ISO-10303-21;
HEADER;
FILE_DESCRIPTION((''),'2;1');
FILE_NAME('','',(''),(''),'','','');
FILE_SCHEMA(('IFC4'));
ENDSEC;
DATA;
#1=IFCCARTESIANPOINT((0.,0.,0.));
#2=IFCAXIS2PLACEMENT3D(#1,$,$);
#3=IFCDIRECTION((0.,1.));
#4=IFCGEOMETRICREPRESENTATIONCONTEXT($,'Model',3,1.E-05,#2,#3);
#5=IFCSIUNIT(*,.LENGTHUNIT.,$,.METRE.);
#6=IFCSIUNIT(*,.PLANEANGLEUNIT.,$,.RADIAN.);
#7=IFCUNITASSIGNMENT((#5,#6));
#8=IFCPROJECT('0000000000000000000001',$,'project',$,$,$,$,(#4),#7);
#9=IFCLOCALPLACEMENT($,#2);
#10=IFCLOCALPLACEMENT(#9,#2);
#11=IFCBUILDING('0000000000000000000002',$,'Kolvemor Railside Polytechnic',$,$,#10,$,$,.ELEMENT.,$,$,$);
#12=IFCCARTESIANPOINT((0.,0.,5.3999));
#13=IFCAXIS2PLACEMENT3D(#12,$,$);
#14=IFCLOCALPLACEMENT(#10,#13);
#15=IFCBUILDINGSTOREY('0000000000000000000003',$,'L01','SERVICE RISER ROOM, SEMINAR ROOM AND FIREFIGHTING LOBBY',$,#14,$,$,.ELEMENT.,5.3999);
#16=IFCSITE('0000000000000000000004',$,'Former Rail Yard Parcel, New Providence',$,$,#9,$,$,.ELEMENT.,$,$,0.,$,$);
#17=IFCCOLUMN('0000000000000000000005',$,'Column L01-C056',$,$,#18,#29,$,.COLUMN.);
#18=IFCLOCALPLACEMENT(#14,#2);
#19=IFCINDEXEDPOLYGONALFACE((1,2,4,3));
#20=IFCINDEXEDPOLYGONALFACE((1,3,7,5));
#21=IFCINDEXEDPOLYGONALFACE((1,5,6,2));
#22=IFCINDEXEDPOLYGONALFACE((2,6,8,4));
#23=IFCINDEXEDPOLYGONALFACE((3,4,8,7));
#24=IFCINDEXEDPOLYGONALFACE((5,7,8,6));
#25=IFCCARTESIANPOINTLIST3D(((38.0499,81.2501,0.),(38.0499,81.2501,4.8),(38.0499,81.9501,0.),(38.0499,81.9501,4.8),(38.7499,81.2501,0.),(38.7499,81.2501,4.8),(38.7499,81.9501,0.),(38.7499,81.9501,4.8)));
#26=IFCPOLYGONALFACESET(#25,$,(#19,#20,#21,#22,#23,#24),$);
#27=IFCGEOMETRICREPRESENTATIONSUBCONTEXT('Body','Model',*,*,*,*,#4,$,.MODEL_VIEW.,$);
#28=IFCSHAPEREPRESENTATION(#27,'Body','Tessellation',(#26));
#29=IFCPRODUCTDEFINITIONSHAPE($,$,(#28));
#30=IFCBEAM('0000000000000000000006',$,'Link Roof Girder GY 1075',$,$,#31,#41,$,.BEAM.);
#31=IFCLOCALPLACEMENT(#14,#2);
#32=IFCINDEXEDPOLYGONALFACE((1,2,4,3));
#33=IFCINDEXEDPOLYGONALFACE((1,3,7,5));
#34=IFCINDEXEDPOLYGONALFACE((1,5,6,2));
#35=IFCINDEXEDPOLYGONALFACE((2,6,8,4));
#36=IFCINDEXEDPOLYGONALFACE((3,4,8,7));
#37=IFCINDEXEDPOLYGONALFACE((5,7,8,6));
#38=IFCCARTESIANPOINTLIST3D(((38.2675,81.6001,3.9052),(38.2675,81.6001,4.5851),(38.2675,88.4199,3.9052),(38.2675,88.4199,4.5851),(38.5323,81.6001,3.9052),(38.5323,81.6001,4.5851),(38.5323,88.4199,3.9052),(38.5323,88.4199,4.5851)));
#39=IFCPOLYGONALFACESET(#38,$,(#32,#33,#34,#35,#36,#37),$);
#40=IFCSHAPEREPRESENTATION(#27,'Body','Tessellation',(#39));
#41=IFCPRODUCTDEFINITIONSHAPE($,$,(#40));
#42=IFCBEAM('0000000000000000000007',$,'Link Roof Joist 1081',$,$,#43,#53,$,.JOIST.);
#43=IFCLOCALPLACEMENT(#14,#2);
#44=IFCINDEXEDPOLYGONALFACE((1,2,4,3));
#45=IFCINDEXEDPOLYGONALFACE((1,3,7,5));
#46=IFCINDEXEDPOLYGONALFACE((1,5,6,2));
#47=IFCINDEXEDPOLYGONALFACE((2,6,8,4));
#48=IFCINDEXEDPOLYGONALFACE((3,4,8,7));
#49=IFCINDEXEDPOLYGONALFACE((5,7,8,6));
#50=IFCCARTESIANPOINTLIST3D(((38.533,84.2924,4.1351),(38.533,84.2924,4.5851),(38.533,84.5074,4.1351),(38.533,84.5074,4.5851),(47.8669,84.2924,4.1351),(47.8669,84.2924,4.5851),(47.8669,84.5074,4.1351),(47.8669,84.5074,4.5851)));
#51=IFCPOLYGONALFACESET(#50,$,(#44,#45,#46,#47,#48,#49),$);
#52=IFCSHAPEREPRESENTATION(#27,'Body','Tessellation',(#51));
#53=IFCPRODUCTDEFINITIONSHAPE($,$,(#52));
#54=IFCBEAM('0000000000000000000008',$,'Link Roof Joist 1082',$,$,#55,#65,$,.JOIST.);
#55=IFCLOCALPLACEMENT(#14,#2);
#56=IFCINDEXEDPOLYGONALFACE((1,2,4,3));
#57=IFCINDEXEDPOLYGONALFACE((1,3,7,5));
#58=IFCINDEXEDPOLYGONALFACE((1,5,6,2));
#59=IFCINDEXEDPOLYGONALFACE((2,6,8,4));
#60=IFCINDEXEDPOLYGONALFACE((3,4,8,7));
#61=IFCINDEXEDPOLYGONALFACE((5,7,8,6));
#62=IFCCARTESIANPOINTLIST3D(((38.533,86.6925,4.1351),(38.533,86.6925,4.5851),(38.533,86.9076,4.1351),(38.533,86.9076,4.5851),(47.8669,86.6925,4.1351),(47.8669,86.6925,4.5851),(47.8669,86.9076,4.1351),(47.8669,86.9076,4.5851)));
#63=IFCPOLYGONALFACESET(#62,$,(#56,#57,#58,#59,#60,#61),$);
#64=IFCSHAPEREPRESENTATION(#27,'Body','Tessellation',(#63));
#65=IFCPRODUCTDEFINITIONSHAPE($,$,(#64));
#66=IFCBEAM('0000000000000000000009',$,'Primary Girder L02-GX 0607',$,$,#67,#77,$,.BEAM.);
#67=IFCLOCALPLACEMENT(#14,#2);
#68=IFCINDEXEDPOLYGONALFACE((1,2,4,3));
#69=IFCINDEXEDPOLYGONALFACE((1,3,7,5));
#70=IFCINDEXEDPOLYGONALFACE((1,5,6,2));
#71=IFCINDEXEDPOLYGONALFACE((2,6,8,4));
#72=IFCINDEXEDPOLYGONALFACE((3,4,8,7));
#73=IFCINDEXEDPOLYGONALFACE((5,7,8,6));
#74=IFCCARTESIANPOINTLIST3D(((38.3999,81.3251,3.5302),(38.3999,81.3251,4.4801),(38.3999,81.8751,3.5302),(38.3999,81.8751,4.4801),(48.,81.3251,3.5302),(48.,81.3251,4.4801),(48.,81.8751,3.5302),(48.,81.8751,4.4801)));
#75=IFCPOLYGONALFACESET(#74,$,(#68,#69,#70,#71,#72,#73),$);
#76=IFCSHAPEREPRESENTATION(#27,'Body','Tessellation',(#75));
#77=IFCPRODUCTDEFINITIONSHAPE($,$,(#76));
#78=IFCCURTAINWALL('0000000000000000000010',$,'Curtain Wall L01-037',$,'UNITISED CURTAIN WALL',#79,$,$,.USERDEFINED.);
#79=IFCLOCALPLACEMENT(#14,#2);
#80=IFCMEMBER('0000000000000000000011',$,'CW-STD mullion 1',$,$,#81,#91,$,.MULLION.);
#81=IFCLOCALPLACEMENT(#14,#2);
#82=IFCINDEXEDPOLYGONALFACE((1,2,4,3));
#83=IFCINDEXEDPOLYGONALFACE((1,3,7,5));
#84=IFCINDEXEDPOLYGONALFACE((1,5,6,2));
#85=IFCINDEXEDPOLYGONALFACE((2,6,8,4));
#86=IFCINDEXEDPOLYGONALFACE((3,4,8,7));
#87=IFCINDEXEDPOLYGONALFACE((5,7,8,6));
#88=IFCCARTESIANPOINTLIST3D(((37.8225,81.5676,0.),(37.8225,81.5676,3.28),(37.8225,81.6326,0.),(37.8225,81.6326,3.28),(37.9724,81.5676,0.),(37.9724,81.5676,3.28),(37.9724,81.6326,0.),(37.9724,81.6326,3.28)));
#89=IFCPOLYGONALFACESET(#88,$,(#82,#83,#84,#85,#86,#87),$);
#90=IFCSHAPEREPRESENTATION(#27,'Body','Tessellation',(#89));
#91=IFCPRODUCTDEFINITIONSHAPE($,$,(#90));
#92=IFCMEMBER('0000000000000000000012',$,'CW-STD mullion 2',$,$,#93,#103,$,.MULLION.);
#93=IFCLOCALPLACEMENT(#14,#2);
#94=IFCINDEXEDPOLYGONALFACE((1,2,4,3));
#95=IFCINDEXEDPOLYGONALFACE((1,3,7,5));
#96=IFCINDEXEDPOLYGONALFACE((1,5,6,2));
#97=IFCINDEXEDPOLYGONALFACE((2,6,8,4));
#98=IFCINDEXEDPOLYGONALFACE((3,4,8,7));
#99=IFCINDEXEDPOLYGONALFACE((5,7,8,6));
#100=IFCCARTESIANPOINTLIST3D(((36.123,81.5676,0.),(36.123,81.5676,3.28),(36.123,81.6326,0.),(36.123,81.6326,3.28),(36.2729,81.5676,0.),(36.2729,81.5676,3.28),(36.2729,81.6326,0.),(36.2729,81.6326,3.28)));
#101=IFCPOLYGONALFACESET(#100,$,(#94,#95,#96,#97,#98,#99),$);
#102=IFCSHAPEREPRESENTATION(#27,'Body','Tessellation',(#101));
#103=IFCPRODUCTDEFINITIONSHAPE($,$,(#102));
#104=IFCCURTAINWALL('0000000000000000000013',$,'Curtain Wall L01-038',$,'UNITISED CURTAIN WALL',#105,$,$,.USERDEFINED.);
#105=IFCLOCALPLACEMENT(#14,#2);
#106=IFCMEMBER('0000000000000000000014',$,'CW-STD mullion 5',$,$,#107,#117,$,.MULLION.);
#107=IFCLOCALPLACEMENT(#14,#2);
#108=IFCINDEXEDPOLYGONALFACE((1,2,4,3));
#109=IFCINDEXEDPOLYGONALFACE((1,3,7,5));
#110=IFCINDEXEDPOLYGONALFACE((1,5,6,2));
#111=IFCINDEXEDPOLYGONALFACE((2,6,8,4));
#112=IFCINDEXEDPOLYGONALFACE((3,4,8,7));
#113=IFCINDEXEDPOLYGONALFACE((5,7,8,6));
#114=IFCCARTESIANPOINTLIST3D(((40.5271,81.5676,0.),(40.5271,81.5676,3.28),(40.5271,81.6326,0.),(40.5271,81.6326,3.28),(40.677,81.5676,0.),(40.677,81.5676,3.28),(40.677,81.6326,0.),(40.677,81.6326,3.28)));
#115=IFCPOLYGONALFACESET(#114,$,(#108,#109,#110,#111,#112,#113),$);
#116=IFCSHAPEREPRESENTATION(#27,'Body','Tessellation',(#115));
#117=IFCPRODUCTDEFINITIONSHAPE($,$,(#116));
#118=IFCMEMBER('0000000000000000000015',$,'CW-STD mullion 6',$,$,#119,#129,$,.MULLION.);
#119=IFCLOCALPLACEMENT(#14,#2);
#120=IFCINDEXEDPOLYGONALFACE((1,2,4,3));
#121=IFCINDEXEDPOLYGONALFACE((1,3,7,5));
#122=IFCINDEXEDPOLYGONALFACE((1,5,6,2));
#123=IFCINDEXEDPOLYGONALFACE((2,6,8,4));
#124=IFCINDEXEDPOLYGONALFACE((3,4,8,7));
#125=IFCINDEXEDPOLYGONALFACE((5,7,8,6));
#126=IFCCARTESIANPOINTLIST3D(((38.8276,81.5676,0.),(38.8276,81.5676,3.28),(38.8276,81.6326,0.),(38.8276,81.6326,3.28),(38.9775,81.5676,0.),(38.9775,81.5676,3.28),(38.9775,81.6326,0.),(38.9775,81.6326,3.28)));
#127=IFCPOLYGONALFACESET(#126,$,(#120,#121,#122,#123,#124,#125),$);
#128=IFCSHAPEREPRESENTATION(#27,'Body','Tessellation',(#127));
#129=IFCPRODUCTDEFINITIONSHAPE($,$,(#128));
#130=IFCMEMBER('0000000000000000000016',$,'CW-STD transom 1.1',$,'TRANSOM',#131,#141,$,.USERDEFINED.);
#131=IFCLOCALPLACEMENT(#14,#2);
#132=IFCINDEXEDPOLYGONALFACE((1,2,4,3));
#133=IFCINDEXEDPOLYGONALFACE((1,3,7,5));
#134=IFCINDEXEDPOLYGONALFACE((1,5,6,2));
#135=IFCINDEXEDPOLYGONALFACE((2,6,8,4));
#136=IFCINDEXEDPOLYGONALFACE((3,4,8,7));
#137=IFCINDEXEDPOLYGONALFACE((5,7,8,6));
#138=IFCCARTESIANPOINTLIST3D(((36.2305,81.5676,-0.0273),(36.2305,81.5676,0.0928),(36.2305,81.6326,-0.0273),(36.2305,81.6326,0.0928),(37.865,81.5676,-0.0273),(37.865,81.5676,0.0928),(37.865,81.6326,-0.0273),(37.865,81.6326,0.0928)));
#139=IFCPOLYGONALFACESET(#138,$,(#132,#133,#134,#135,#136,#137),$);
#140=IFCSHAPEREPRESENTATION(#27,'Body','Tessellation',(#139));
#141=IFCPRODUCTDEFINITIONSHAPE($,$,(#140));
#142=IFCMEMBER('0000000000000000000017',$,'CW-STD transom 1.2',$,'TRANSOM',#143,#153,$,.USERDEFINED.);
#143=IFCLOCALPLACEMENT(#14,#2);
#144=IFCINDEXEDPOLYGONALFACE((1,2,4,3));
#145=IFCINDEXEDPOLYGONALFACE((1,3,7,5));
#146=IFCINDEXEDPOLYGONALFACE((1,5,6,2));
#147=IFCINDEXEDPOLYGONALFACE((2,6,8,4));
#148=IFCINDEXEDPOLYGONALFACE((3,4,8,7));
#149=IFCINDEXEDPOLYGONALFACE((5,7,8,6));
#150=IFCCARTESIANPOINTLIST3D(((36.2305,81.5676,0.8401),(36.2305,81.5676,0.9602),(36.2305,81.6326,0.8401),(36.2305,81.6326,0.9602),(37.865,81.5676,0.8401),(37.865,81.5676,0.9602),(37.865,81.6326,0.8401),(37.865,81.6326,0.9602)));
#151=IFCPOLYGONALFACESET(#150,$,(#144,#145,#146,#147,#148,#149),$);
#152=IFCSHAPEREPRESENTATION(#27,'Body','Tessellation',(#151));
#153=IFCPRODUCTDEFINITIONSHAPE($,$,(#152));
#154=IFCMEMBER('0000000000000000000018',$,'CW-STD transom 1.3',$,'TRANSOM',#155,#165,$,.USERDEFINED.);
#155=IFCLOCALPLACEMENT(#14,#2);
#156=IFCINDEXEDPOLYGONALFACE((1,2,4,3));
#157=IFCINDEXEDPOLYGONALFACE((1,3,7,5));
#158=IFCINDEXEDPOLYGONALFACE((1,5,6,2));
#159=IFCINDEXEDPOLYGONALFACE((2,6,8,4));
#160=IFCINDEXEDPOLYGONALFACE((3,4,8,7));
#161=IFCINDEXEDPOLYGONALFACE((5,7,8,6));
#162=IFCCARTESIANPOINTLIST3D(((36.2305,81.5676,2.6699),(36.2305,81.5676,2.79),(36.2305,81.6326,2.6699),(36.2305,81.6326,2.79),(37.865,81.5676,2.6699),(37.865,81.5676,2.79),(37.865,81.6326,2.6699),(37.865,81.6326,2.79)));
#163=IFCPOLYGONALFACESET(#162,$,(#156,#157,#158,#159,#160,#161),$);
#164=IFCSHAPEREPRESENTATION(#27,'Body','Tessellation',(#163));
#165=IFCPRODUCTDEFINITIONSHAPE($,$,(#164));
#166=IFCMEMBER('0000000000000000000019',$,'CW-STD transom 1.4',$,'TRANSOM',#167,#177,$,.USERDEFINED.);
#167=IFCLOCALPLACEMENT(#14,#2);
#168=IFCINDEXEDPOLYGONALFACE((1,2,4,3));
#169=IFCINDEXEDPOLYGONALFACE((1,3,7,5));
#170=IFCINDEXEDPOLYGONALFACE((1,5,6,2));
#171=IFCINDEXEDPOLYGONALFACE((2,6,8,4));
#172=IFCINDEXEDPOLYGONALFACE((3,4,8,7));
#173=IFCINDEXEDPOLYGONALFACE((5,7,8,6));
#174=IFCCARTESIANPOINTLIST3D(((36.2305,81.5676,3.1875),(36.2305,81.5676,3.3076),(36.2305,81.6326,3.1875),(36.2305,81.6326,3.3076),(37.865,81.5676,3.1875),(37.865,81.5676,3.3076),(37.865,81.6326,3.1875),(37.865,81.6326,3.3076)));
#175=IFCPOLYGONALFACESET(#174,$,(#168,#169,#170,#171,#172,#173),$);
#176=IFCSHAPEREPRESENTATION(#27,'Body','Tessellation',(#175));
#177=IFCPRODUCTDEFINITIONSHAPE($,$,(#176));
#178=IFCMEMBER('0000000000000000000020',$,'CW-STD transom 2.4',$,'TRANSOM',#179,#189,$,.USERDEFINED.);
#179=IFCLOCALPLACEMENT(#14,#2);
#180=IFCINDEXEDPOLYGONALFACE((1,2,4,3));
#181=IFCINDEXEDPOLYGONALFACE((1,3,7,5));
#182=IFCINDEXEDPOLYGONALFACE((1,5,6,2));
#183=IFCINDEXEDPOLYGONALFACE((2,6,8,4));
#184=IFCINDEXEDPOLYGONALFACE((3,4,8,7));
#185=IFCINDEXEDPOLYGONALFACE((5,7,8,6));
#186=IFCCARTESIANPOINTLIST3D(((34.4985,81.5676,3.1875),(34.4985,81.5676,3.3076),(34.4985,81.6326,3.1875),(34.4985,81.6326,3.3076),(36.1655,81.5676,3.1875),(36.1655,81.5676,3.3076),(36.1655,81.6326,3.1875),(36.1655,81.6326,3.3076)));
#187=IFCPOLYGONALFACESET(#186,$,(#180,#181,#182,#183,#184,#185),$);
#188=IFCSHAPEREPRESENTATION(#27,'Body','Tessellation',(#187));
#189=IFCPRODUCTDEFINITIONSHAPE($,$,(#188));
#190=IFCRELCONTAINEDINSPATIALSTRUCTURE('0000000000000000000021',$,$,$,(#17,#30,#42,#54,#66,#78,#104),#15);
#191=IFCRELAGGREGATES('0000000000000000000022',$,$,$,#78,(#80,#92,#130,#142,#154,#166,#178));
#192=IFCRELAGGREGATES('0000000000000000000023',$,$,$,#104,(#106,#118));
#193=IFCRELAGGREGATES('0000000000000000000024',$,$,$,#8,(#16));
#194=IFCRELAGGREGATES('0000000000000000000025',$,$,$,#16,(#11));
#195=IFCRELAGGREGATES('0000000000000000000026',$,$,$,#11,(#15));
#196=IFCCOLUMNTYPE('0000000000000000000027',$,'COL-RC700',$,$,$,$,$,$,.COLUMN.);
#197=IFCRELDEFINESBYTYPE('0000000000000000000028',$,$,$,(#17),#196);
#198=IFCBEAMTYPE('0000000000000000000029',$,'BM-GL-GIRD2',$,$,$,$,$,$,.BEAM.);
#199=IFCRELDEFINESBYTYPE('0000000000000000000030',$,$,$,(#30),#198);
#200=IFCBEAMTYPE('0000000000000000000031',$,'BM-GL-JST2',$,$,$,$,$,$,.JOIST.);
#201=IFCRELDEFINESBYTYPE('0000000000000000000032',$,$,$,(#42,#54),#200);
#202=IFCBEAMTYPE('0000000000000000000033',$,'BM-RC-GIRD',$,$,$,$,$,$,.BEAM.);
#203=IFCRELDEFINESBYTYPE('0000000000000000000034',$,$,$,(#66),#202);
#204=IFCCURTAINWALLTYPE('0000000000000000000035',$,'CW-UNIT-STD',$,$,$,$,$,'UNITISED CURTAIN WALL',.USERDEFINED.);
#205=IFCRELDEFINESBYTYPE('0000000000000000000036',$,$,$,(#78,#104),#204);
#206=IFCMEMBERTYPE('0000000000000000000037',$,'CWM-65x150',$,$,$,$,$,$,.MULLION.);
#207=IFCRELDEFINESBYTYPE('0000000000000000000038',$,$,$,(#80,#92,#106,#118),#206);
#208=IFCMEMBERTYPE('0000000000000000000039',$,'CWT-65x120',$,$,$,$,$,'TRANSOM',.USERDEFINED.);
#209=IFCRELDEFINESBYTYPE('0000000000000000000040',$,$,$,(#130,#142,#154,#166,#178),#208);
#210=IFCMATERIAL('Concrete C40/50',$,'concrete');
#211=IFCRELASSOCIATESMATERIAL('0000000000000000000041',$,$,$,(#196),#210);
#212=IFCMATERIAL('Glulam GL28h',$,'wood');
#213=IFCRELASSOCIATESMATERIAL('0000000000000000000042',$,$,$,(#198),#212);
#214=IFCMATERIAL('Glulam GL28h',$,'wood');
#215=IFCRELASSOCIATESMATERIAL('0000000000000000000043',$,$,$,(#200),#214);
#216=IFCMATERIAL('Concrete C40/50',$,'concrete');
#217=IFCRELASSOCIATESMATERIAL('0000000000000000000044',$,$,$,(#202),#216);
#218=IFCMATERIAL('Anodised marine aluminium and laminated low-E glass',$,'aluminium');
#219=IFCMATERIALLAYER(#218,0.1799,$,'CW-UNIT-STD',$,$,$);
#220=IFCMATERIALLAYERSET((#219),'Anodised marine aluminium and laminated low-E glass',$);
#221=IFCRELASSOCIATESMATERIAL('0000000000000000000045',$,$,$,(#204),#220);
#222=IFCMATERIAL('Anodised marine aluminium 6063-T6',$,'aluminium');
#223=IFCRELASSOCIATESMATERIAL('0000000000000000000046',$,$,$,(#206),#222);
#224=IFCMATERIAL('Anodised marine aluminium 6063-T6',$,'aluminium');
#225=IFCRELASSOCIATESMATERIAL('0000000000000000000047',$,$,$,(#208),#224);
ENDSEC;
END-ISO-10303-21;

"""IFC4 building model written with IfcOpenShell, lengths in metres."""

from ifc_helpers import new_model, si_unit, direction, frame, origin, origin_2d, place, context, subcontext, project, spatial, rectangle, extrude, material, layer, layer_set, material_profile, profile_set, type_object, element, aggregate, save


model = new_model("IFC4")

# Units and contexts
model_context = context("Model", 3, precision=1e-05, world=origin(), true_north=direction((0.0, 1.0)))
body_context = subcontext(model_context, "Body", "Model", "MODEL_VIEW")
ifc_project = project(units=[si_unit("LENGTHUNIT", "METRE"), si_unit("PLANEANGLEUNIT", "RADIAN")], contexts=[model_context])

# Site, building, storey
site_placement = place(None, origin())
site = spatial("IfcSite", under=ifc_project, at=site_placement, Name="Former Rail Yard Parcel, New Providence", CompositionType="ELEMENT", RefElevation=0.0)
building_placement = place(site_placement, origin())
building = spatial("IfcBuilding", under=site, at=building_placement, Name="Kolvemor Railside Polytechnic", CompositionType="ELEMENT")
storey_placement = place(building_placement, frame((0.0, 0.0, 5.3999)))
storey = spatial("IfcBuildingStorey", under=building, at=storey_placement, Name="L01", Description="SERVICE RISER ROOM, SEMINAR ROOM AND FIREFIGHTING LOBBY", CompositionType="ELEMENT", Elevation=5.3999)

# Column
ifc_material_1 = material(Name="Concrete C40/50", Category="concrete")
ifc_material_profile_1 = material_profile(ifc_material_1, rectangle(XDim=0.7, YDim=0.7, at=origin_2d()), Name="RC700x700")
ifc_profile_set_1 = profile_set([ifc_material_profile_1], Name="Concrete C40/50")
column_type = type_object("IfcColumnType", Name="COL-RC700", PredefinedType="COLUMN", material=ifc_profile_set_1)
column_placement = place(storey_placement, frame((38.3999, 81.6001, 0.0), z_axis=(0.0, 0.0, 1.0), x_axis=(1.0, 0.0, 0.0)))
element("IfcColumn", 1, at=column_placement, inside=storey, type_object=column_type, Name="Column L01-C056", PredefinedType="COLUMN", context=body_context, shape_type="SweptSolid", body=[
    extrude(rectangle(XDim=0.7, YDim=0.7, at=origin_2d()), origin(), (0.0, 0.0, 1.0), 4.8),
])

# Beams
ifc_material_2 = material(Name="Glulam GL28h", Category="wood")
ifc_material_profile_2 = material_profile(ifc_material_2, rectangle(XDim=0.2649, YDim=0.6799, at=origin_2d()), Name="GL265x680")
ifc_profile_set_2 = profile_set([ifc_material_profile_2], Name="Glulam GL28h")
beam_type_1 = type_object("IfcBeamType", Name="BM-GL-GIRD2", PredefinedType="BEAM", material=ifc_profile_set_2)
beam_1_placement = place(storey_placement, frame((38.3999, 81.6001, 4.2451), z_axis=(0.0, 1.0, 0.0), x_axis=(-1.0, 0.0, 0.0)))
element("IfcBeam", 2, at=beam_1_placement, inside=storey, type_object=beam_type_1, Name="Link Roof Girder GY 1075", PredefinedType="BEAM", context=body_context, shape_type="SweptSolid", body=[
    extrude(rectangle(XDim=0.2649, YDim=0.6799, at=origin_2d()), origin(), (0.0, 0.0, 1.0), 6.8198),
])
ifc_material_3 = material(Name="Glulam GL28h", Category="wood")
ifc_material_profile_3 = material_profile(ifc_material_3, rectangle(XDim=0.2151, YDim=0.45, at=origin_2d()), Name="GL215x450")
ifc_profile_set_3 = profile_set([ifc_material_profile_3], Name="Glulam GL28h")
beam_type_2 = type_object("IfcBeamType", Name="BM-GL-JST2", PredefinedType="JOIST", material=ifc_profile_set_3)
for number, where, z_axis, x_axis, name in (
    (3, (38.533, 84.3999, 4.3601), (1.0, 0.0, 0.0), (0.0, 1.0, 0.0), "Link Roof Joist 1081"),
    (4, (38.533, 86.8, 4.3601), (1.0, 0.0, 0.0), (0.0, 1.0, 0.0), "Link Roof Joist 1082"),
):
    element("IfcBeam", number, at=place(storey_placement, frame(where, z_axis=z_axis, x_axis=x_axis)), inside=storey, type_object=beam_type_2, Name=name, PredefinedType="JOIST", context=body_context, shape_type="SweptSolid", body=[
        extrude(rectangle(XDim=0.2151, YDim=0.45, at=origin_2d()), origin(), (0.0, 0.0, 1.0), 9.334),
    ])
ifc_material_4 = material(Name="Concrete C40/50", Category="concrete")
ifc_material_profile_4 = material_profile(ifc_material_4, rectangle(XDim=0.55, YDim=0.95, at=origin_2d()), Name="RC550x950")
ifc_profile_set_4 = profile_set([ifc_material_profile_4], Name="Concrete C40/50")
beam_type_3 = type_object("IfcBeamType", Name="BM-RC-GIRD", PredefinedType="BEAM", material=ifc_profile_set_4)
beam_2_placement = place(storey_placement, frame((38.3999, 81.6001, 4.0051), z_axis=(1.0, 0.0, 0.0), x_axis=(0.0, 1.0, 0.0)))
element("IfcBeam", 5, at=beam_2_placement, inside=storey, type_object=beam_type_3, Name="Primary Girder L02-GX 0607", PredefinedType="BEAM", context=body_context, shape_type="SweptSolid", body=[
    extrude(rectangle(XDim=0.55, YDim=0.95, at=origin_2d()), origin(), (0.0, 0.0, 1.0), 9.6001),
])

# Curtain walls, members
ifc_material_5 = material(Name="Anodised marine aluminium and laminated low-E glass", Category="aluminium")
ifc_layer_1 = layer(ifc_material_5, 0.1799, Name="CW-UNIT-STD")
ifc_layer_set_1 = layer_set([ifc_layer_1], Name="Anodised marine aluminium and laminated low-E glass")
curtain_wall_type = type_object("IfcCurtainWallType", Name="CW-UNIT-STD", ElementType="UNITISED CURTAIN WALL", PredefinedType="USERDEFINED", material=ifc_layer_set_1)
curtain_wall_1_placement = place(storey_placement, origin())
curtain_wall_1 = element("IfcCurtainWall", 6, at=curtain_wall_1_placement, inside=storey, type_object=curtain_wall_type, Name="Curtain Wall L01-037", ObjectType="UNITISED CURTAIN WALL", PredefinedType="USERDEFINED")
ifc_material_6 = material(Name="Anodised marine aluminium 6063-T6", Category="aluminium")
ifc_material_profile_5 = material_profile(ifc_material_6, rectangle(XDim=0.0649, YDim=0.1499, at=origin_2d()), Name="CW-MUL-65x150")
ifc_profile_set_5 = profile_set([ifc_material_profile_5], Name="Anodised marine aluminium 6063-T6")
member_type_1 = type_object("IfcMemberType", Name="CWM-65x150", PredefinedType="MULLION", material=ifc_profile_set_5)
member_1_placement = place(storey_placement, frame((37.8975, 81.6001, 0.0), z_axis=(0.0, 0.0, 1.0), x_axis=(0.0, -1.0, 0.0)))
member_1 = element("IfcMember", 7, at=member_1_placement, type_object=member_type_1, Name="CW-STD mullion 1", PredefinedType="MULLION", context=body_context, shape_type="SweptSolid", body=[
    extrude(rectangle(XDim=0.0649, YDim=0.1499, at=origin_2d()), origin(), (0.0, 0.0, 1.0), 3.28),
])
member_2_placement = place(storey_placement, frame((36.198, 81.6001, 0.0), z_axis=(0.0, 0.0, 1.0), x_axis=(0.0, -1.0, 0.0)))
member_2 = element("IfcMember", 8, at=member_2_placement, type_object=member_type_1, Name="CW-STD mullion 2", PredefinedType="MULLION", context=body_context, shape_type="SweptSolid", body=[
    extrude(rectangle(XDim=0.0649, YDim=0.1499, at=origin_2d()), origin(), (0.0, 0.0, 1.0), 3.28),
])
curtain_wall_2_placement = place(storey_placement, origin())
curtain_wall_2 = element("IfcCurtainWall", 9, at=curtain_wall_2_placement, inside=storey, type_object=curtain_wall_type, Name="Curtain Wall L01-038", ObjectType="UNITISED CURTAIN WALL", PredefinedType="USERDEFINED")
member_3_placement = place(storey_placement, frame((40.6021, 81.6001, 0.0), z_axis=(0.0, 0.0, 1.0), x_axis=(0.0, -1.0, 0.0)))
member_3 = element("IfcMember", 10, at=member_3_placement, type_object=member_type_1, Name="CW-STD mullion 5", PredefinedType="MULLION", context=body_context, shape_type="SweptSolid", body=[
    extrude(rectangle(XDim=0.0649, YDim=0.1499, at=origin_2d()), origin(), (0.0, 0.0, 1.0), 3.28),
])
member_4_placement = place(storey_placement, frame((38.9026, 81.6001, 0.0), z_axis=(0.0, 0.0, 1.0), x_axis=(0.0, -1.0, 0.0)))
member_4 = element("IfcMember", 11, at=member_4_placement, type_object=member_type_1, Name="CW-STD mullion 6", PredefinedType="MULLION", context=body_context, shape_type="SweptSolid", body=[
    extrude(rectangle(XDim=0.0649, YDim=0.1499, at=origin_2d()), origin(), (0.0, 0.0, 1.0), 3.28),
])

# Members
ifc_material_7 = material(Name="Anodised marine aluminium 6063-T6", Category="aluminium")
ifc_material_profile_6 = material_profile(ifc_material_7, rectangle(XDim=0.0649, YDim=0.1201, at=origin_2d()), Name="CW-TRN-65x120")
ifc_profile_set_6 = profile_set([ifc_material_profile_6], Name="Anodised marine aluminium 6063-T6")
member_type_2 = type_object("IfcMemberType", Name="CWT-65x120", ElementType="TRANSOM", PredefinedType="USERDEFINED", material=ifc_profile_set_6)
member_5_placement = place(storey_placement, frame((37.865, 81.6001, 0.0327), z_axis=(-1.0, 0.0, 0.0), x_axis=(0.0, -1.0, 0.0)))
member_5 = element("IfcMember", 12, at=member_5_placement, type_object=member_type_2, Name="CW-STD transom 1.1", ObjectType="TRANSOM", PredefinedType="USERDEFINED", context=body_context, shape_type="SweptSolid", body=[
    extrude(rectangle(XDim=0.0649, YDim=0.1201, at=origin_2d()), origin(), (0.0, 0.0, 1.0), 1.6345),
])
member_6_placement = place(storey_placement, frame((37.865, 81.6001, 0.9001), z_axis=(-1.0, 0.0, 0.0), x_axis=(0.0, -1.0, 0.0)))
member_6 = element("IfcMember", 13, at=member_6_placement, type_object=member_type_2, Name="CW-STD transom 1.2", ObjectType="TRANSOM", PredefinedType="USERDEFINED", context=body_context, shape_type="SweptSolid", body=[
    extrude(rectangle(XDim=0.0649, YDim=0.1201, at=origin_2d()), origin(), (0.0, 0.0, 1.0), 1.6345),
])
member_7_placement = place(storey_placement, frame((37.865, 81.6001, 2.73), z_axis=(-1.0, 0.0, 0.0), x_axis=(0.0, -1.0, 0.0)))
member_7 = element("IfcMember", 14, at=member_7_placement, type_object=member_type_2, Name="CW-STD transom 1.3", ObjectType="TRANSOM", PredefinedType="USERDEFINED", context=body_context, shape_type="SweptSolid", body=[
    extrude(rectangle(XDim=0.0649, YDim=0.1201, at=origin_2d()), origin(), (0.0, 0.0, 1.0), 1.6345),
])
member_8_placement = place(storey_placement, frame((37.865, 81.6001, 3.2476), z_axis=(-1.0, 0.0, 0.0), x_axis=(0.0, -1.0, 0.0)))
member_8 = element("IfcMember", 15, at=member_8_placement, type_object=member_type_2, Name="CW-STD transom 1.4", ObjectType="TRANSOM", PredefinedType="USERDEFINED", context=body_context, shape_type="SweptSolid", body=[
    extrude(rectangle(XDim=0.0649, YDim=0.1201, at=origin_2d()), origin(), (0.0, 0.0, 1.0), 1.6345),
])
member_9_placement = place(storey_placement, frame((36.1655, 81.6001, 3.2476), z_axis=(-1.0, 0.0, 0.0), x_axis=(0.0, -1.0, 0.0)))
member_9 = element("IfcMember", 16, at=member_9_placement, type_object=member_type_2, Name="CW-STD transom 2.4", ObjectType="TRANSOM", PredefinedType="USERDEFINED", context=body_context, shape_type="SweptSolid", body=[
    extrude(rectangle(XDim=0.0649, YDim=0.1201, at=origin_2d()), origin(), (0.0, 0.0, 1.0), 1.667),
])

aggregate(curtain_wall_1, [member_1, member_2, member_5, member_6, member_7, member_8, member_9])
aggregate(curtain_wall_2, [member_3, member_4])

save(model, "model.ifc")
